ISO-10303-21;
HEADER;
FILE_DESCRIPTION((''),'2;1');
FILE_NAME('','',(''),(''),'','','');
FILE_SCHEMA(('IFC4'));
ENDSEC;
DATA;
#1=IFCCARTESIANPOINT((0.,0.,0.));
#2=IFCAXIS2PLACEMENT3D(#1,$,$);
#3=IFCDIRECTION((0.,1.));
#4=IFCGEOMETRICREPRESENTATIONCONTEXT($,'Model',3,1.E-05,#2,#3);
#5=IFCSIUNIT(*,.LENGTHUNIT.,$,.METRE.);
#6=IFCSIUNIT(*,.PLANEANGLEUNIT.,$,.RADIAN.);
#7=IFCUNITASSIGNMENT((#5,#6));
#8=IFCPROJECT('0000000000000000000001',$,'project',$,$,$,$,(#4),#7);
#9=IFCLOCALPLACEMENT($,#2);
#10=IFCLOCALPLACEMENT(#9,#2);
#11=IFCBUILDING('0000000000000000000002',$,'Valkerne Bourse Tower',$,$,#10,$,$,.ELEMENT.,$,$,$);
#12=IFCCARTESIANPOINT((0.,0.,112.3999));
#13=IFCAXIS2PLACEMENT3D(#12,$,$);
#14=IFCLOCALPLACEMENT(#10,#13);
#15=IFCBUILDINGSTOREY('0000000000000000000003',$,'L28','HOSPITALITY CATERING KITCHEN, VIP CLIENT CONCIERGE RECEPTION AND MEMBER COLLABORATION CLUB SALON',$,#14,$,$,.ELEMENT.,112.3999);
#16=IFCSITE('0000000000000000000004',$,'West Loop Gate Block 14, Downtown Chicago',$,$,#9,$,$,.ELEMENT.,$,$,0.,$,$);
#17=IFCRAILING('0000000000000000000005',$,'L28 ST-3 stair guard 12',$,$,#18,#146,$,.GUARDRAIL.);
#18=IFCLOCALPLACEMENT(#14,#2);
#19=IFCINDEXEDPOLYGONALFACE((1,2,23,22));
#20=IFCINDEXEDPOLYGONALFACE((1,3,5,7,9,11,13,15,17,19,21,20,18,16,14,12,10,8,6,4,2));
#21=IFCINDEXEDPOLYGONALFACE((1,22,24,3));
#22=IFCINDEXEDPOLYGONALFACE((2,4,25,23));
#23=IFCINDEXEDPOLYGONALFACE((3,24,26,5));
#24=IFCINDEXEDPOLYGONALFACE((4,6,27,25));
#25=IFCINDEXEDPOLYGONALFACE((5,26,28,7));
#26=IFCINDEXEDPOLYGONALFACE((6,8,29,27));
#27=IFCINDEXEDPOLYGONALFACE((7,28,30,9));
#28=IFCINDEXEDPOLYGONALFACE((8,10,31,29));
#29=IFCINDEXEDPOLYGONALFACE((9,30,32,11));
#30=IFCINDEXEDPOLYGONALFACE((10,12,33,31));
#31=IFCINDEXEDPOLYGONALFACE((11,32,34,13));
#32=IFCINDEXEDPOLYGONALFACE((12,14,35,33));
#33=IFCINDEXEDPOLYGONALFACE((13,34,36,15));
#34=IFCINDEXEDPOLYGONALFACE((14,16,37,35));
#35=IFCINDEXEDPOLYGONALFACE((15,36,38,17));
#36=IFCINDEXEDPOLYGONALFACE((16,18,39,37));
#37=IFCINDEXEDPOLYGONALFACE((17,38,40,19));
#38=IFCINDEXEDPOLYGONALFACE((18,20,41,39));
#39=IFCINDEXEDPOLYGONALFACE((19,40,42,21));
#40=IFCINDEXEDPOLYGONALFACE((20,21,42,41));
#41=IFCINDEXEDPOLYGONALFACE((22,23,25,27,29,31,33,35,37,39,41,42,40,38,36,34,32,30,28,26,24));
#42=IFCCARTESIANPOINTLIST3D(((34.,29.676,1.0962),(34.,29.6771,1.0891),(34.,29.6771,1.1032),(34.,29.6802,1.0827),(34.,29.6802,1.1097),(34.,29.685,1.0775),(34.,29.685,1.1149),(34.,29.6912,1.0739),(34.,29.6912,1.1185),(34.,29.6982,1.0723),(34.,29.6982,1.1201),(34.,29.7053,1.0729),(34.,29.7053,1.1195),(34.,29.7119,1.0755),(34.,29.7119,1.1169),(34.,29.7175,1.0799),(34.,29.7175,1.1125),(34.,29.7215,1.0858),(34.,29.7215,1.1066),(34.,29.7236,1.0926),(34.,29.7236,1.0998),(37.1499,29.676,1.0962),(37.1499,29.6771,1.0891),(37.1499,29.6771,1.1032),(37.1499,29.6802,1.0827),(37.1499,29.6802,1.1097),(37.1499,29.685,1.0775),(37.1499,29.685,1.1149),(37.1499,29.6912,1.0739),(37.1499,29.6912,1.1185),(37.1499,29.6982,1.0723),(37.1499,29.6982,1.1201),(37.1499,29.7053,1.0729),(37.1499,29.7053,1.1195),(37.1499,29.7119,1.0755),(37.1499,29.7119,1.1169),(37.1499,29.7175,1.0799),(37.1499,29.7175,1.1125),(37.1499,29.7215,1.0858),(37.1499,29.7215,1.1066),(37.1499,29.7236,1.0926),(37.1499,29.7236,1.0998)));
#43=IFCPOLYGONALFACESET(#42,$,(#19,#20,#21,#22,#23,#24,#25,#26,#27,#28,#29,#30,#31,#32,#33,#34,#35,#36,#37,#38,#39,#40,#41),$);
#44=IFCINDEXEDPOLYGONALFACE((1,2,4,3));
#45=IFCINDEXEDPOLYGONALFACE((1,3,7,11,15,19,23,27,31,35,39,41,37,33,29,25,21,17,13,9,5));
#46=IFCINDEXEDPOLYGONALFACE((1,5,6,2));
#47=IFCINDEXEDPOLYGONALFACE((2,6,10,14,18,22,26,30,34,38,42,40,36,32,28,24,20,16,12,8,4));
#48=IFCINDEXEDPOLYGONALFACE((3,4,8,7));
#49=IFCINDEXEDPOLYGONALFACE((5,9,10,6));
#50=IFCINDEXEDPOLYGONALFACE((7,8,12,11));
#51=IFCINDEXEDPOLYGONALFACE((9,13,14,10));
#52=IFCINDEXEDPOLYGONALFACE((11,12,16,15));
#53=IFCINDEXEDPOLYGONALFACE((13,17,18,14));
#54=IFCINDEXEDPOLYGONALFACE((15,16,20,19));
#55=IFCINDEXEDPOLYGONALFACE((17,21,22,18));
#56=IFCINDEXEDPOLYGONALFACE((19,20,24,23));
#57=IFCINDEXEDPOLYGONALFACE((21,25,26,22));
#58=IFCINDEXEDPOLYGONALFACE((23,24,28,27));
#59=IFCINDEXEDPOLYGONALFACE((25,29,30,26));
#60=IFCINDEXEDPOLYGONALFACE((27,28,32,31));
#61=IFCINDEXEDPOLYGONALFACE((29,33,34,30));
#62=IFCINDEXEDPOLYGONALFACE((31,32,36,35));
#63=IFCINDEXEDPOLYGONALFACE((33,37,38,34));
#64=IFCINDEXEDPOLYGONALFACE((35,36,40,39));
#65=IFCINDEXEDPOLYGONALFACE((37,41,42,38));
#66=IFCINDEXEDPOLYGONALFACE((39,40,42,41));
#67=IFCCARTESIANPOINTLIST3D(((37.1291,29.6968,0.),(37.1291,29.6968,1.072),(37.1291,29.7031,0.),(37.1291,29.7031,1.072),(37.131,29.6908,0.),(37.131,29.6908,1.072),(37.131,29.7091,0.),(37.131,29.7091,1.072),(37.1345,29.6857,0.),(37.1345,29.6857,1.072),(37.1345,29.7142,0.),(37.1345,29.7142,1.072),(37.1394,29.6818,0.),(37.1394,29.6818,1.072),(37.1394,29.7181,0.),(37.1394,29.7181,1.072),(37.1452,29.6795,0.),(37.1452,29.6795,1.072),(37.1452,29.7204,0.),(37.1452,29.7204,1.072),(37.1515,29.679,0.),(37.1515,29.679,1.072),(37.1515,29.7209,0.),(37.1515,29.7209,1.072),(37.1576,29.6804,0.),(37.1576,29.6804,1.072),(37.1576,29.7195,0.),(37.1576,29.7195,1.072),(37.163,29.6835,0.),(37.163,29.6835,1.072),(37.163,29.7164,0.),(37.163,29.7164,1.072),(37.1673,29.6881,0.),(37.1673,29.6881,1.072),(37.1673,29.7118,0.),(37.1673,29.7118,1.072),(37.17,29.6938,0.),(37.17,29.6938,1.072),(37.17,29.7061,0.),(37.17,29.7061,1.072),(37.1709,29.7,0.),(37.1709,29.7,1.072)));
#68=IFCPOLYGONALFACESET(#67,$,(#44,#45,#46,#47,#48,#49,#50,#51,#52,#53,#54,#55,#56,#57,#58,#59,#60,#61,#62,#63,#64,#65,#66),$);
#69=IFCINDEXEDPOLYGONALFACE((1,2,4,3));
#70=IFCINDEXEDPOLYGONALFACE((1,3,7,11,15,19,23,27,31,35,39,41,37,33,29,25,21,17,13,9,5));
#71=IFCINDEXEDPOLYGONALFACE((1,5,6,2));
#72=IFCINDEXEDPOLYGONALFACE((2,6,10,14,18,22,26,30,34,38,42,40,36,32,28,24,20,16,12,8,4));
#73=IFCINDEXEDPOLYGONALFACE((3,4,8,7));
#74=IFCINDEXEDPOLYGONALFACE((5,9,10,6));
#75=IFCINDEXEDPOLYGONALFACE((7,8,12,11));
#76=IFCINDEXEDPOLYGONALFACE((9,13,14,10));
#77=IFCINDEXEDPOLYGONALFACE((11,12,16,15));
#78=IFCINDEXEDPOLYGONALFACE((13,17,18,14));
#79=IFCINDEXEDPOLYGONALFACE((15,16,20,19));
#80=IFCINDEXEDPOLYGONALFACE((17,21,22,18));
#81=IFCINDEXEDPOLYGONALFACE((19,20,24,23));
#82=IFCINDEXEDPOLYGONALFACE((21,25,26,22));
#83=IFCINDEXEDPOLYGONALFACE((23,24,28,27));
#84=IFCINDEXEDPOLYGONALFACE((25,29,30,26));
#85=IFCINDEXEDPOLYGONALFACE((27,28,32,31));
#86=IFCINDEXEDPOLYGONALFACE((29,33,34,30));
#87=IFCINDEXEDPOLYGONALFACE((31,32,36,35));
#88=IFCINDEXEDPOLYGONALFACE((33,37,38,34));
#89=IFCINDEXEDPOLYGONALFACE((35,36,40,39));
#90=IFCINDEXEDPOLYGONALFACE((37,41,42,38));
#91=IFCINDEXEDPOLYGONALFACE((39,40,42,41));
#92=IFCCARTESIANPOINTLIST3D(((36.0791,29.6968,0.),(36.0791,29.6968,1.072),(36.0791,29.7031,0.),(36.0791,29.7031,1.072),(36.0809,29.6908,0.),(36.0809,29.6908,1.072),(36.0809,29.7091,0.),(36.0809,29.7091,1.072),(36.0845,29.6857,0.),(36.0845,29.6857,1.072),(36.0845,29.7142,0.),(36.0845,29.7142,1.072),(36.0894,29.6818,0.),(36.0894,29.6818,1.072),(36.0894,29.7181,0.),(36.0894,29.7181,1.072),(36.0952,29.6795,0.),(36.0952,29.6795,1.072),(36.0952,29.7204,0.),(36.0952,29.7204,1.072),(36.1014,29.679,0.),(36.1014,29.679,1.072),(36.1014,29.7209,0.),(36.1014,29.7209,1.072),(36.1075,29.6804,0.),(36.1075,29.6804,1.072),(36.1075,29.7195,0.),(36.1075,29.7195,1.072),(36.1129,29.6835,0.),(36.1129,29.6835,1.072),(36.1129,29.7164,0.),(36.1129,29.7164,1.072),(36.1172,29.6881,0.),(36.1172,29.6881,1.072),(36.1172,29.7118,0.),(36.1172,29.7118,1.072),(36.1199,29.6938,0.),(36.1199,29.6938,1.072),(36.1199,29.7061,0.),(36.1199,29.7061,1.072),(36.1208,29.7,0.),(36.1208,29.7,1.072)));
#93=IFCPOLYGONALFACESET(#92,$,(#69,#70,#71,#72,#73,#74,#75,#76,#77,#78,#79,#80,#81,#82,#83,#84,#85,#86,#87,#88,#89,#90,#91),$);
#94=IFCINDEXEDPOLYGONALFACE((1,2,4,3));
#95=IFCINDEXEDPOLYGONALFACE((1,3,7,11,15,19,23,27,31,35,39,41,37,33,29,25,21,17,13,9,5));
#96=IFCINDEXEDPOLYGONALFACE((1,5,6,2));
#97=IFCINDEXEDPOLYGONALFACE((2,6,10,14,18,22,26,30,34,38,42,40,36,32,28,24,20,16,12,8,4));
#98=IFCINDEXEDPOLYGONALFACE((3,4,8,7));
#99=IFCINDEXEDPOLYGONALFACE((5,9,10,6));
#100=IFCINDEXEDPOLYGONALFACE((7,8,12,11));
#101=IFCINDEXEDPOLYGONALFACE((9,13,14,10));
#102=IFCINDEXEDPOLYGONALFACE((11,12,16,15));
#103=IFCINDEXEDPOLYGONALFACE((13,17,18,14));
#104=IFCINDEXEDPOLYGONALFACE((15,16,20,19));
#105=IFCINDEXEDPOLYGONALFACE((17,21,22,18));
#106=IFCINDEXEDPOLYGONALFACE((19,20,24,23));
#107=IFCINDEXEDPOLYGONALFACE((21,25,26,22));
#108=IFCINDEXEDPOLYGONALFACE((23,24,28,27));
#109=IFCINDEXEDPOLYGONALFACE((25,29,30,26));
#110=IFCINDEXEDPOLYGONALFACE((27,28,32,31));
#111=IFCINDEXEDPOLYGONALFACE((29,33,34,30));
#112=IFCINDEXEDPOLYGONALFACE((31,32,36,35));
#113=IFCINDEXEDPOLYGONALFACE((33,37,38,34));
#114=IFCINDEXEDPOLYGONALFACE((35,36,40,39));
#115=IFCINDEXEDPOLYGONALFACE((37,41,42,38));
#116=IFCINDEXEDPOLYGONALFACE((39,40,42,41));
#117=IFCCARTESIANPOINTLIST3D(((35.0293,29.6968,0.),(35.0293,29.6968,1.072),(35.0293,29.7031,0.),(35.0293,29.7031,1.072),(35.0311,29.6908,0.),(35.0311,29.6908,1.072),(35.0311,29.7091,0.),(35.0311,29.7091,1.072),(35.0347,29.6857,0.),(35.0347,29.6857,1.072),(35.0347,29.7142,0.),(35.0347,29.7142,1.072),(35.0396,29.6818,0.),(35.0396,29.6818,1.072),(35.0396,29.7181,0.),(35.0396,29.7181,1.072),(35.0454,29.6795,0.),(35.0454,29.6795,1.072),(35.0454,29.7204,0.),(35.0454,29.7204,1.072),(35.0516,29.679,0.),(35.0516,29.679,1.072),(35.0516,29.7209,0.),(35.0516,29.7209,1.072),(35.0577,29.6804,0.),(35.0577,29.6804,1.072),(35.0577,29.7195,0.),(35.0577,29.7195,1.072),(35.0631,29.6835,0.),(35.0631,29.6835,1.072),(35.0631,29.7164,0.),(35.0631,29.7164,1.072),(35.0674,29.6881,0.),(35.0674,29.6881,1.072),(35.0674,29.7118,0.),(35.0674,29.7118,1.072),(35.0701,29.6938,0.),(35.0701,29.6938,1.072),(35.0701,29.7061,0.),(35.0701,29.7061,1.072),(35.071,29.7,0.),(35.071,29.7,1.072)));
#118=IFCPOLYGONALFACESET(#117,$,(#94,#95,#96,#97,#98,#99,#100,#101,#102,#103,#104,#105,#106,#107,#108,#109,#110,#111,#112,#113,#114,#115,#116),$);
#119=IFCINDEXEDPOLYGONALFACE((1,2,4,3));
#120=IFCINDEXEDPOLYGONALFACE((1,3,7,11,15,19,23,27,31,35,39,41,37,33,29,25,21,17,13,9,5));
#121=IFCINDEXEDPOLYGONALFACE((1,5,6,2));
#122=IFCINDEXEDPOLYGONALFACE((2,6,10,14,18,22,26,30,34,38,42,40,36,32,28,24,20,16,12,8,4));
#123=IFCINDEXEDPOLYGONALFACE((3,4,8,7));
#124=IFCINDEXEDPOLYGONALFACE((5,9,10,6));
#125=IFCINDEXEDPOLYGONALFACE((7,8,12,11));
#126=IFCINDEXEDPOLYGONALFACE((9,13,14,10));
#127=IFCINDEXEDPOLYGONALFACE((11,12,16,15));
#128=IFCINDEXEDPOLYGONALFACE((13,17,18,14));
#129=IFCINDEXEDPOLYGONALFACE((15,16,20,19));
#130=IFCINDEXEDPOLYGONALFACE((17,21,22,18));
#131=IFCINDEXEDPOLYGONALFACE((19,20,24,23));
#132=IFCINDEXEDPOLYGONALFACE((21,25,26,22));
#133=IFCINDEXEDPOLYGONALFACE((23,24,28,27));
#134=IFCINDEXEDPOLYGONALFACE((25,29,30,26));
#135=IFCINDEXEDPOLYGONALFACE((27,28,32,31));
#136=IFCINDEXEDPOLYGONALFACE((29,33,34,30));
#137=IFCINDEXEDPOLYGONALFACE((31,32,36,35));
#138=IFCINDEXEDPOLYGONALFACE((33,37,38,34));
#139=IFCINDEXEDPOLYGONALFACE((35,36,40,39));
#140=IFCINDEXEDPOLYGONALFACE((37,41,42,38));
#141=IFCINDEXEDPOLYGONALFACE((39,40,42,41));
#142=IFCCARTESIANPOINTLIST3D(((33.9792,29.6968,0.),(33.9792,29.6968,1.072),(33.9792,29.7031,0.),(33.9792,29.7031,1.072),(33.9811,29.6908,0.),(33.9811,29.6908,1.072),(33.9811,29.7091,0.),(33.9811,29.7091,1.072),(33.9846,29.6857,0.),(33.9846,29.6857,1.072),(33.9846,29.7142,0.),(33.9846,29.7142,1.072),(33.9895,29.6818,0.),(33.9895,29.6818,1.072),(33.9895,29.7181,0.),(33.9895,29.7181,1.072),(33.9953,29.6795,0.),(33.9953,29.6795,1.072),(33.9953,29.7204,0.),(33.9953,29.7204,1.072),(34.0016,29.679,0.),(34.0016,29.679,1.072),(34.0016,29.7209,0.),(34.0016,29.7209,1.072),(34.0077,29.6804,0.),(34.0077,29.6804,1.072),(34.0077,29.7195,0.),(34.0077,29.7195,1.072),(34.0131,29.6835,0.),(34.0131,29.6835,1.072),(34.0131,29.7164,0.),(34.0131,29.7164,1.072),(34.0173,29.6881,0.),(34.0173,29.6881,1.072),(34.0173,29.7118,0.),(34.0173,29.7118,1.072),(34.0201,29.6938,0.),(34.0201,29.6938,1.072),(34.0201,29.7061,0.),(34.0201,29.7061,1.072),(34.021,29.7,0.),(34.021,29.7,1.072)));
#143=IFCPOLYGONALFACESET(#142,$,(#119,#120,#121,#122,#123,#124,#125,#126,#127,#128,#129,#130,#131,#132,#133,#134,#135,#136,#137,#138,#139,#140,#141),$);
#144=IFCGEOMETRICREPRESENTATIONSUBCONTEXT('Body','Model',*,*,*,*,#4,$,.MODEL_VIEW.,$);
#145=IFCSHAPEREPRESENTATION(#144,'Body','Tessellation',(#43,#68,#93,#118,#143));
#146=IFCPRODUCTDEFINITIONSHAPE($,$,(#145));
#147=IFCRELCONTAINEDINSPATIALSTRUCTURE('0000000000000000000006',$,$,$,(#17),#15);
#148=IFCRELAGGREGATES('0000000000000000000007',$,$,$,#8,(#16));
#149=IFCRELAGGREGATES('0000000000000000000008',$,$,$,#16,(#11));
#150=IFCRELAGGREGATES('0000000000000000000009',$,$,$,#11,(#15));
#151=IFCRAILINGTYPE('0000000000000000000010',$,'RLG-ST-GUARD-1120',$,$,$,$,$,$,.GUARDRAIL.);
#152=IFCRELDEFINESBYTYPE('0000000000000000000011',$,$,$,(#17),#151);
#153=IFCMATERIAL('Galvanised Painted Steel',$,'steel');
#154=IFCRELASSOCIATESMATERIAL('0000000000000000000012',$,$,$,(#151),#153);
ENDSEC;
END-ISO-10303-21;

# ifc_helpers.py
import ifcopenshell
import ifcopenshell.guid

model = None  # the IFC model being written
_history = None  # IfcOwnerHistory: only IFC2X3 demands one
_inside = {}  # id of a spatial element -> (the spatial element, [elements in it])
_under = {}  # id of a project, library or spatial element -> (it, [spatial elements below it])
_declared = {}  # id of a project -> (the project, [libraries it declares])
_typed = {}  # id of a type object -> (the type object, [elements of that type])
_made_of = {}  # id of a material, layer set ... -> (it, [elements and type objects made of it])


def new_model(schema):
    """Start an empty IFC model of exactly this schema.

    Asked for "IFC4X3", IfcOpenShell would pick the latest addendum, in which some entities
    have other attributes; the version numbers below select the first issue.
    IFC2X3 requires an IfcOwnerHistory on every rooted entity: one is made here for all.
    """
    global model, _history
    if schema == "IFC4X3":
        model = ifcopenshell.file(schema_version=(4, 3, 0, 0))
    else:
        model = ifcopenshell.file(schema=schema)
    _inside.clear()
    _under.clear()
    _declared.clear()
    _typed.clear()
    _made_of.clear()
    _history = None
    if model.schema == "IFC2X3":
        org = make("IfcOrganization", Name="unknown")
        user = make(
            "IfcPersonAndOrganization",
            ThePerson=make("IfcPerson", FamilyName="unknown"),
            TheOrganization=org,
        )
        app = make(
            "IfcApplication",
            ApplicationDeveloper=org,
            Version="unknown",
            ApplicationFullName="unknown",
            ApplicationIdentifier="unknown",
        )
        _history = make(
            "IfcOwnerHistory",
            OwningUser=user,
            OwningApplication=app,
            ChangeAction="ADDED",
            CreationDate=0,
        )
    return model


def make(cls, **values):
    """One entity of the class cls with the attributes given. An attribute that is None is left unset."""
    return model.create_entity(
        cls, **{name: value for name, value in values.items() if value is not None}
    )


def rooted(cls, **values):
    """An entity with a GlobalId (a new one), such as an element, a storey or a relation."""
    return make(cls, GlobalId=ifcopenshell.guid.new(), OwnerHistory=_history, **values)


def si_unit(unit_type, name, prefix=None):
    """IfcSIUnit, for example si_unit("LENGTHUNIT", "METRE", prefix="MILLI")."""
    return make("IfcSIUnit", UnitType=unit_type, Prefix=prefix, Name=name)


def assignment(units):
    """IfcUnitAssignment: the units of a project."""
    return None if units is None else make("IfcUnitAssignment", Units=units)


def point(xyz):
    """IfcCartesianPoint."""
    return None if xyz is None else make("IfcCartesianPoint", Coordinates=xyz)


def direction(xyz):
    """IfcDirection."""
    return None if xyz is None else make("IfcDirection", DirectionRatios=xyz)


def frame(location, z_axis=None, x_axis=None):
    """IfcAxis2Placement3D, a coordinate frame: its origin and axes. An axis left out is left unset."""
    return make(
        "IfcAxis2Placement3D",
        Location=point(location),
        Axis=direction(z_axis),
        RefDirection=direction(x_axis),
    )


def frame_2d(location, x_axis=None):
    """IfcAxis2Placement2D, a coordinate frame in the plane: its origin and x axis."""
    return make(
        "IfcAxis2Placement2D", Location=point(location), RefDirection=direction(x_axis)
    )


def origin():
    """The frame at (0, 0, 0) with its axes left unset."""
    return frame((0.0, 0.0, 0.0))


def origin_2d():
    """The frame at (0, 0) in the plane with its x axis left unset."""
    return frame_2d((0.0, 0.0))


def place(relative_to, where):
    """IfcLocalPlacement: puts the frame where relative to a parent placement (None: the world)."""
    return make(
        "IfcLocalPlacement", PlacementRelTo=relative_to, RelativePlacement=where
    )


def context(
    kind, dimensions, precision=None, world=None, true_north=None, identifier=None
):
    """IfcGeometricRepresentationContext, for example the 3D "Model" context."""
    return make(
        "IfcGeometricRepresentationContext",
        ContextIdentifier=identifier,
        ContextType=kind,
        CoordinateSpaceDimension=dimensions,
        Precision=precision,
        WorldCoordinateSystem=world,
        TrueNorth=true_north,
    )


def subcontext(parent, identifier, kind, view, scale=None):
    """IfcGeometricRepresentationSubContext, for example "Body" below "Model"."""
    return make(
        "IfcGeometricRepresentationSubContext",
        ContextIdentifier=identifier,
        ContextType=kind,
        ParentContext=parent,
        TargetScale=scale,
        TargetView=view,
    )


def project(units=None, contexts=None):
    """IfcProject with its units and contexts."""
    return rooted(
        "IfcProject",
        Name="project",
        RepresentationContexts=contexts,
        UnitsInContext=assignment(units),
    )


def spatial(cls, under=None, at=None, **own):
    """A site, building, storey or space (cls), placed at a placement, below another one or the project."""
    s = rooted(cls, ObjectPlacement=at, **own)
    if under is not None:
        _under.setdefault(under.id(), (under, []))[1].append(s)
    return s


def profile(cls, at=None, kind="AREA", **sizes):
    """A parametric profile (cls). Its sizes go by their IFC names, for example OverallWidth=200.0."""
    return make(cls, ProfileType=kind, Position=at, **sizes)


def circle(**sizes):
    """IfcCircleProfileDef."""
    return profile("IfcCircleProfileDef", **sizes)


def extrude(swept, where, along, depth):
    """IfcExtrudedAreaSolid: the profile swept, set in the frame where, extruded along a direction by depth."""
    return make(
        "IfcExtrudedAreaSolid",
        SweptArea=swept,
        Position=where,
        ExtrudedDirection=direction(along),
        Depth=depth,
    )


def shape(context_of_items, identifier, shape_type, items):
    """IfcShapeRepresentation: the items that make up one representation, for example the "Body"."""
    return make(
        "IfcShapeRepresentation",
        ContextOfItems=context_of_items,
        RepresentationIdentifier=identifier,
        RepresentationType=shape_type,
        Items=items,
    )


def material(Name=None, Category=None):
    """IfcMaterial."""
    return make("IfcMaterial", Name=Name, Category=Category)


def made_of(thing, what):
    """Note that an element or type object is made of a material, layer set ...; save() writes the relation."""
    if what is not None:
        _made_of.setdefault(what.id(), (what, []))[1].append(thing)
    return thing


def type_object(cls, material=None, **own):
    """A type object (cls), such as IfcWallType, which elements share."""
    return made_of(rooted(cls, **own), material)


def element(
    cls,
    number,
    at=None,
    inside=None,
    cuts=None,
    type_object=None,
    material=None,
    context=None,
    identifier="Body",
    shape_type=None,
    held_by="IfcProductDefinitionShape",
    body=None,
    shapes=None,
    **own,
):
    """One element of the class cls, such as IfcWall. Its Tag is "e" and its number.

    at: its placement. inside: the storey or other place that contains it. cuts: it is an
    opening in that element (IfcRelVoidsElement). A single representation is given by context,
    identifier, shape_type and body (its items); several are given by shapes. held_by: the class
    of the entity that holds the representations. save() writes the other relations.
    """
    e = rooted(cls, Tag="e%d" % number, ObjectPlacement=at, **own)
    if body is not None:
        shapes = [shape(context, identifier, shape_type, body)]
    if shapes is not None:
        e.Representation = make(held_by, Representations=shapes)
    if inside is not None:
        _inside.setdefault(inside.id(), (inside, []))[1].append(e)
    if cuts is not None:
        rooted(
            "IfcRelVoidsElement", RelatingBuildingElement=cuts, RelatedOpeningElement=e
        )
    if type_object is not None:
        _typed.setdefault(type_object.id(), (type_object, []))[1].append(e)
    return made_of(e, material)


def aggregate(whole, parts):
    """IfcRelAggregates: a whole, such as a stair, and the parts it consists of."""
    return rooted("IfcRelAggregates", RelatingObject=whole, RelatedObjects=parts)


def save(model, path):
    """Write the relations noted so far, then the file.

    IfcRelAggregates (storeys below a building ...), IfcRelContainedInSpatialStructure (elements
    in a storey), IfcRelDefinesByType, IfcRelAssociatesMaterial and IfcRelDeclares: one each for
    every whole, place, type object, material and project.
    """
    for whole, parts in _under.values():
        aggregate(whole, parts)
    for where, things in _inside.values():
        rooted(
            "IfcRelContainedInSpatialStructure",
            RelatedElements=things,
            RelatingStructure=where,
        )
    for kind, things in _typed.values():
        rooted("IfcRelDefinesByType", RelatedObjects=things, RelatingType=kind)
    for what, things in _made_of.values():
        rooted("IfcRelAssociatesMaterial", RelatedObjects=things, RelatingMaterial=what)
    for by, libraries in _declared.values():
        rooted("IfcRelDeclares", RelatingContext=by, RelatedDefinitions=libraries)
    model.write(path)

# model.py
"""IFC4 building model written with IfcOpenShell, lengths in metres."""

from ifc_helpers import new_model, si_unit, direction, frame, origin, origin_2d, place, context, subcontext, project, spatial, circle, extrude, material, type_object, element, save


model = new_model("IFC4")

# Units and contexts
model_context = context("Model", 3, precision=1e-05, world=origin(), true_north=direction((0.0, 1.0)))
body_context = subcontext(model_context, "Body", "Model", "MODEL_VIEW")
ifc_project = project(units=[si_unit("LENGTHUNIT", "METRE"), si_unit("PLANEANGLEUNIT", "RADIAN")], contexts=[model_context])

# Site, building, storey
site_placement = place(None, origin())
site = spatial("IfcSite", under=ifc_project, at=site_placement, Name="West Loop Gate Block 14, Downtown Chicago", CompositionType="ELEMENT", RefElevation=0.0)
building_placement = place(site_placement, origin())
building = spatial("IfcBuilding", under=site, at=building_placement, Name="Valkerne Bourse Tower", CompositionType="ELEMENT")
storey_placement = place(building_placement, frame((0.0, 0.0, 112.3999)))
storey = spatial("IfcBuildingStorey", under=building, at=storey_placement, Name="L28", Description="HOSPITALITY CATERING KITCHEN, VIP CLIENT CONCIERGE RECEPTION AND MEMBER COLLABORATION CLUB SALON", CompositionType="ELEMENT", Elevation=112.3999)

# Railing
ifc_material_1 = material(Name="Galvanised Painted Steel", Category="steel")
railing_type_1 = type_object("IfcRailingType", Name="RLG-ST-GUARD-1120", PredefinedType="GUARDRAIL", material=ifc_material_1)
railing_1_placement = place(storey_placement, frame((37.1499, 29.7, 0.0)))
element("IfcRailing", 1, at=railing_1_placement, inside=storey, type_object=railing_type_1, Name="L28 ST-3 stair guard 12", PredefinedType="GUARDRAIL", context=body_context, shape_type="SweptSolid", body=[
    extrude(circle(Radius=0.0239, at=origin_2d()), frame((0.0, 0.0, 1.0962), z_axis=(-1.0, 0.0, 0.0), x_axis=(0.0, -1.0, 0.0)), (0.0, 0.0, 1.0), 3.1499),
    extrude(circle(Radius=0.021, at=origin_2d()), origin(), (0.0, 0.0, 1.0), 1.072),
    extrude(circle(Radius=0.021, at=origin_2d()), frame((-1.05, 0.0, 0.0)), (0.0, 0.0, 1.0), 1.072),
    extrude(circle(Radius=0.021, at=origin_2d()), frame((-2.0999, 0.0, 0.0)), (0.0, 0.0, 1.0), 1.072),
    extrude(circle(Radius=0.021, at=origin_2d()), frame((-3.1499, 0.0, 0.0)), (0.0, 0.0, 1.0), 1.072),
])

save(model, "model.ifc")
